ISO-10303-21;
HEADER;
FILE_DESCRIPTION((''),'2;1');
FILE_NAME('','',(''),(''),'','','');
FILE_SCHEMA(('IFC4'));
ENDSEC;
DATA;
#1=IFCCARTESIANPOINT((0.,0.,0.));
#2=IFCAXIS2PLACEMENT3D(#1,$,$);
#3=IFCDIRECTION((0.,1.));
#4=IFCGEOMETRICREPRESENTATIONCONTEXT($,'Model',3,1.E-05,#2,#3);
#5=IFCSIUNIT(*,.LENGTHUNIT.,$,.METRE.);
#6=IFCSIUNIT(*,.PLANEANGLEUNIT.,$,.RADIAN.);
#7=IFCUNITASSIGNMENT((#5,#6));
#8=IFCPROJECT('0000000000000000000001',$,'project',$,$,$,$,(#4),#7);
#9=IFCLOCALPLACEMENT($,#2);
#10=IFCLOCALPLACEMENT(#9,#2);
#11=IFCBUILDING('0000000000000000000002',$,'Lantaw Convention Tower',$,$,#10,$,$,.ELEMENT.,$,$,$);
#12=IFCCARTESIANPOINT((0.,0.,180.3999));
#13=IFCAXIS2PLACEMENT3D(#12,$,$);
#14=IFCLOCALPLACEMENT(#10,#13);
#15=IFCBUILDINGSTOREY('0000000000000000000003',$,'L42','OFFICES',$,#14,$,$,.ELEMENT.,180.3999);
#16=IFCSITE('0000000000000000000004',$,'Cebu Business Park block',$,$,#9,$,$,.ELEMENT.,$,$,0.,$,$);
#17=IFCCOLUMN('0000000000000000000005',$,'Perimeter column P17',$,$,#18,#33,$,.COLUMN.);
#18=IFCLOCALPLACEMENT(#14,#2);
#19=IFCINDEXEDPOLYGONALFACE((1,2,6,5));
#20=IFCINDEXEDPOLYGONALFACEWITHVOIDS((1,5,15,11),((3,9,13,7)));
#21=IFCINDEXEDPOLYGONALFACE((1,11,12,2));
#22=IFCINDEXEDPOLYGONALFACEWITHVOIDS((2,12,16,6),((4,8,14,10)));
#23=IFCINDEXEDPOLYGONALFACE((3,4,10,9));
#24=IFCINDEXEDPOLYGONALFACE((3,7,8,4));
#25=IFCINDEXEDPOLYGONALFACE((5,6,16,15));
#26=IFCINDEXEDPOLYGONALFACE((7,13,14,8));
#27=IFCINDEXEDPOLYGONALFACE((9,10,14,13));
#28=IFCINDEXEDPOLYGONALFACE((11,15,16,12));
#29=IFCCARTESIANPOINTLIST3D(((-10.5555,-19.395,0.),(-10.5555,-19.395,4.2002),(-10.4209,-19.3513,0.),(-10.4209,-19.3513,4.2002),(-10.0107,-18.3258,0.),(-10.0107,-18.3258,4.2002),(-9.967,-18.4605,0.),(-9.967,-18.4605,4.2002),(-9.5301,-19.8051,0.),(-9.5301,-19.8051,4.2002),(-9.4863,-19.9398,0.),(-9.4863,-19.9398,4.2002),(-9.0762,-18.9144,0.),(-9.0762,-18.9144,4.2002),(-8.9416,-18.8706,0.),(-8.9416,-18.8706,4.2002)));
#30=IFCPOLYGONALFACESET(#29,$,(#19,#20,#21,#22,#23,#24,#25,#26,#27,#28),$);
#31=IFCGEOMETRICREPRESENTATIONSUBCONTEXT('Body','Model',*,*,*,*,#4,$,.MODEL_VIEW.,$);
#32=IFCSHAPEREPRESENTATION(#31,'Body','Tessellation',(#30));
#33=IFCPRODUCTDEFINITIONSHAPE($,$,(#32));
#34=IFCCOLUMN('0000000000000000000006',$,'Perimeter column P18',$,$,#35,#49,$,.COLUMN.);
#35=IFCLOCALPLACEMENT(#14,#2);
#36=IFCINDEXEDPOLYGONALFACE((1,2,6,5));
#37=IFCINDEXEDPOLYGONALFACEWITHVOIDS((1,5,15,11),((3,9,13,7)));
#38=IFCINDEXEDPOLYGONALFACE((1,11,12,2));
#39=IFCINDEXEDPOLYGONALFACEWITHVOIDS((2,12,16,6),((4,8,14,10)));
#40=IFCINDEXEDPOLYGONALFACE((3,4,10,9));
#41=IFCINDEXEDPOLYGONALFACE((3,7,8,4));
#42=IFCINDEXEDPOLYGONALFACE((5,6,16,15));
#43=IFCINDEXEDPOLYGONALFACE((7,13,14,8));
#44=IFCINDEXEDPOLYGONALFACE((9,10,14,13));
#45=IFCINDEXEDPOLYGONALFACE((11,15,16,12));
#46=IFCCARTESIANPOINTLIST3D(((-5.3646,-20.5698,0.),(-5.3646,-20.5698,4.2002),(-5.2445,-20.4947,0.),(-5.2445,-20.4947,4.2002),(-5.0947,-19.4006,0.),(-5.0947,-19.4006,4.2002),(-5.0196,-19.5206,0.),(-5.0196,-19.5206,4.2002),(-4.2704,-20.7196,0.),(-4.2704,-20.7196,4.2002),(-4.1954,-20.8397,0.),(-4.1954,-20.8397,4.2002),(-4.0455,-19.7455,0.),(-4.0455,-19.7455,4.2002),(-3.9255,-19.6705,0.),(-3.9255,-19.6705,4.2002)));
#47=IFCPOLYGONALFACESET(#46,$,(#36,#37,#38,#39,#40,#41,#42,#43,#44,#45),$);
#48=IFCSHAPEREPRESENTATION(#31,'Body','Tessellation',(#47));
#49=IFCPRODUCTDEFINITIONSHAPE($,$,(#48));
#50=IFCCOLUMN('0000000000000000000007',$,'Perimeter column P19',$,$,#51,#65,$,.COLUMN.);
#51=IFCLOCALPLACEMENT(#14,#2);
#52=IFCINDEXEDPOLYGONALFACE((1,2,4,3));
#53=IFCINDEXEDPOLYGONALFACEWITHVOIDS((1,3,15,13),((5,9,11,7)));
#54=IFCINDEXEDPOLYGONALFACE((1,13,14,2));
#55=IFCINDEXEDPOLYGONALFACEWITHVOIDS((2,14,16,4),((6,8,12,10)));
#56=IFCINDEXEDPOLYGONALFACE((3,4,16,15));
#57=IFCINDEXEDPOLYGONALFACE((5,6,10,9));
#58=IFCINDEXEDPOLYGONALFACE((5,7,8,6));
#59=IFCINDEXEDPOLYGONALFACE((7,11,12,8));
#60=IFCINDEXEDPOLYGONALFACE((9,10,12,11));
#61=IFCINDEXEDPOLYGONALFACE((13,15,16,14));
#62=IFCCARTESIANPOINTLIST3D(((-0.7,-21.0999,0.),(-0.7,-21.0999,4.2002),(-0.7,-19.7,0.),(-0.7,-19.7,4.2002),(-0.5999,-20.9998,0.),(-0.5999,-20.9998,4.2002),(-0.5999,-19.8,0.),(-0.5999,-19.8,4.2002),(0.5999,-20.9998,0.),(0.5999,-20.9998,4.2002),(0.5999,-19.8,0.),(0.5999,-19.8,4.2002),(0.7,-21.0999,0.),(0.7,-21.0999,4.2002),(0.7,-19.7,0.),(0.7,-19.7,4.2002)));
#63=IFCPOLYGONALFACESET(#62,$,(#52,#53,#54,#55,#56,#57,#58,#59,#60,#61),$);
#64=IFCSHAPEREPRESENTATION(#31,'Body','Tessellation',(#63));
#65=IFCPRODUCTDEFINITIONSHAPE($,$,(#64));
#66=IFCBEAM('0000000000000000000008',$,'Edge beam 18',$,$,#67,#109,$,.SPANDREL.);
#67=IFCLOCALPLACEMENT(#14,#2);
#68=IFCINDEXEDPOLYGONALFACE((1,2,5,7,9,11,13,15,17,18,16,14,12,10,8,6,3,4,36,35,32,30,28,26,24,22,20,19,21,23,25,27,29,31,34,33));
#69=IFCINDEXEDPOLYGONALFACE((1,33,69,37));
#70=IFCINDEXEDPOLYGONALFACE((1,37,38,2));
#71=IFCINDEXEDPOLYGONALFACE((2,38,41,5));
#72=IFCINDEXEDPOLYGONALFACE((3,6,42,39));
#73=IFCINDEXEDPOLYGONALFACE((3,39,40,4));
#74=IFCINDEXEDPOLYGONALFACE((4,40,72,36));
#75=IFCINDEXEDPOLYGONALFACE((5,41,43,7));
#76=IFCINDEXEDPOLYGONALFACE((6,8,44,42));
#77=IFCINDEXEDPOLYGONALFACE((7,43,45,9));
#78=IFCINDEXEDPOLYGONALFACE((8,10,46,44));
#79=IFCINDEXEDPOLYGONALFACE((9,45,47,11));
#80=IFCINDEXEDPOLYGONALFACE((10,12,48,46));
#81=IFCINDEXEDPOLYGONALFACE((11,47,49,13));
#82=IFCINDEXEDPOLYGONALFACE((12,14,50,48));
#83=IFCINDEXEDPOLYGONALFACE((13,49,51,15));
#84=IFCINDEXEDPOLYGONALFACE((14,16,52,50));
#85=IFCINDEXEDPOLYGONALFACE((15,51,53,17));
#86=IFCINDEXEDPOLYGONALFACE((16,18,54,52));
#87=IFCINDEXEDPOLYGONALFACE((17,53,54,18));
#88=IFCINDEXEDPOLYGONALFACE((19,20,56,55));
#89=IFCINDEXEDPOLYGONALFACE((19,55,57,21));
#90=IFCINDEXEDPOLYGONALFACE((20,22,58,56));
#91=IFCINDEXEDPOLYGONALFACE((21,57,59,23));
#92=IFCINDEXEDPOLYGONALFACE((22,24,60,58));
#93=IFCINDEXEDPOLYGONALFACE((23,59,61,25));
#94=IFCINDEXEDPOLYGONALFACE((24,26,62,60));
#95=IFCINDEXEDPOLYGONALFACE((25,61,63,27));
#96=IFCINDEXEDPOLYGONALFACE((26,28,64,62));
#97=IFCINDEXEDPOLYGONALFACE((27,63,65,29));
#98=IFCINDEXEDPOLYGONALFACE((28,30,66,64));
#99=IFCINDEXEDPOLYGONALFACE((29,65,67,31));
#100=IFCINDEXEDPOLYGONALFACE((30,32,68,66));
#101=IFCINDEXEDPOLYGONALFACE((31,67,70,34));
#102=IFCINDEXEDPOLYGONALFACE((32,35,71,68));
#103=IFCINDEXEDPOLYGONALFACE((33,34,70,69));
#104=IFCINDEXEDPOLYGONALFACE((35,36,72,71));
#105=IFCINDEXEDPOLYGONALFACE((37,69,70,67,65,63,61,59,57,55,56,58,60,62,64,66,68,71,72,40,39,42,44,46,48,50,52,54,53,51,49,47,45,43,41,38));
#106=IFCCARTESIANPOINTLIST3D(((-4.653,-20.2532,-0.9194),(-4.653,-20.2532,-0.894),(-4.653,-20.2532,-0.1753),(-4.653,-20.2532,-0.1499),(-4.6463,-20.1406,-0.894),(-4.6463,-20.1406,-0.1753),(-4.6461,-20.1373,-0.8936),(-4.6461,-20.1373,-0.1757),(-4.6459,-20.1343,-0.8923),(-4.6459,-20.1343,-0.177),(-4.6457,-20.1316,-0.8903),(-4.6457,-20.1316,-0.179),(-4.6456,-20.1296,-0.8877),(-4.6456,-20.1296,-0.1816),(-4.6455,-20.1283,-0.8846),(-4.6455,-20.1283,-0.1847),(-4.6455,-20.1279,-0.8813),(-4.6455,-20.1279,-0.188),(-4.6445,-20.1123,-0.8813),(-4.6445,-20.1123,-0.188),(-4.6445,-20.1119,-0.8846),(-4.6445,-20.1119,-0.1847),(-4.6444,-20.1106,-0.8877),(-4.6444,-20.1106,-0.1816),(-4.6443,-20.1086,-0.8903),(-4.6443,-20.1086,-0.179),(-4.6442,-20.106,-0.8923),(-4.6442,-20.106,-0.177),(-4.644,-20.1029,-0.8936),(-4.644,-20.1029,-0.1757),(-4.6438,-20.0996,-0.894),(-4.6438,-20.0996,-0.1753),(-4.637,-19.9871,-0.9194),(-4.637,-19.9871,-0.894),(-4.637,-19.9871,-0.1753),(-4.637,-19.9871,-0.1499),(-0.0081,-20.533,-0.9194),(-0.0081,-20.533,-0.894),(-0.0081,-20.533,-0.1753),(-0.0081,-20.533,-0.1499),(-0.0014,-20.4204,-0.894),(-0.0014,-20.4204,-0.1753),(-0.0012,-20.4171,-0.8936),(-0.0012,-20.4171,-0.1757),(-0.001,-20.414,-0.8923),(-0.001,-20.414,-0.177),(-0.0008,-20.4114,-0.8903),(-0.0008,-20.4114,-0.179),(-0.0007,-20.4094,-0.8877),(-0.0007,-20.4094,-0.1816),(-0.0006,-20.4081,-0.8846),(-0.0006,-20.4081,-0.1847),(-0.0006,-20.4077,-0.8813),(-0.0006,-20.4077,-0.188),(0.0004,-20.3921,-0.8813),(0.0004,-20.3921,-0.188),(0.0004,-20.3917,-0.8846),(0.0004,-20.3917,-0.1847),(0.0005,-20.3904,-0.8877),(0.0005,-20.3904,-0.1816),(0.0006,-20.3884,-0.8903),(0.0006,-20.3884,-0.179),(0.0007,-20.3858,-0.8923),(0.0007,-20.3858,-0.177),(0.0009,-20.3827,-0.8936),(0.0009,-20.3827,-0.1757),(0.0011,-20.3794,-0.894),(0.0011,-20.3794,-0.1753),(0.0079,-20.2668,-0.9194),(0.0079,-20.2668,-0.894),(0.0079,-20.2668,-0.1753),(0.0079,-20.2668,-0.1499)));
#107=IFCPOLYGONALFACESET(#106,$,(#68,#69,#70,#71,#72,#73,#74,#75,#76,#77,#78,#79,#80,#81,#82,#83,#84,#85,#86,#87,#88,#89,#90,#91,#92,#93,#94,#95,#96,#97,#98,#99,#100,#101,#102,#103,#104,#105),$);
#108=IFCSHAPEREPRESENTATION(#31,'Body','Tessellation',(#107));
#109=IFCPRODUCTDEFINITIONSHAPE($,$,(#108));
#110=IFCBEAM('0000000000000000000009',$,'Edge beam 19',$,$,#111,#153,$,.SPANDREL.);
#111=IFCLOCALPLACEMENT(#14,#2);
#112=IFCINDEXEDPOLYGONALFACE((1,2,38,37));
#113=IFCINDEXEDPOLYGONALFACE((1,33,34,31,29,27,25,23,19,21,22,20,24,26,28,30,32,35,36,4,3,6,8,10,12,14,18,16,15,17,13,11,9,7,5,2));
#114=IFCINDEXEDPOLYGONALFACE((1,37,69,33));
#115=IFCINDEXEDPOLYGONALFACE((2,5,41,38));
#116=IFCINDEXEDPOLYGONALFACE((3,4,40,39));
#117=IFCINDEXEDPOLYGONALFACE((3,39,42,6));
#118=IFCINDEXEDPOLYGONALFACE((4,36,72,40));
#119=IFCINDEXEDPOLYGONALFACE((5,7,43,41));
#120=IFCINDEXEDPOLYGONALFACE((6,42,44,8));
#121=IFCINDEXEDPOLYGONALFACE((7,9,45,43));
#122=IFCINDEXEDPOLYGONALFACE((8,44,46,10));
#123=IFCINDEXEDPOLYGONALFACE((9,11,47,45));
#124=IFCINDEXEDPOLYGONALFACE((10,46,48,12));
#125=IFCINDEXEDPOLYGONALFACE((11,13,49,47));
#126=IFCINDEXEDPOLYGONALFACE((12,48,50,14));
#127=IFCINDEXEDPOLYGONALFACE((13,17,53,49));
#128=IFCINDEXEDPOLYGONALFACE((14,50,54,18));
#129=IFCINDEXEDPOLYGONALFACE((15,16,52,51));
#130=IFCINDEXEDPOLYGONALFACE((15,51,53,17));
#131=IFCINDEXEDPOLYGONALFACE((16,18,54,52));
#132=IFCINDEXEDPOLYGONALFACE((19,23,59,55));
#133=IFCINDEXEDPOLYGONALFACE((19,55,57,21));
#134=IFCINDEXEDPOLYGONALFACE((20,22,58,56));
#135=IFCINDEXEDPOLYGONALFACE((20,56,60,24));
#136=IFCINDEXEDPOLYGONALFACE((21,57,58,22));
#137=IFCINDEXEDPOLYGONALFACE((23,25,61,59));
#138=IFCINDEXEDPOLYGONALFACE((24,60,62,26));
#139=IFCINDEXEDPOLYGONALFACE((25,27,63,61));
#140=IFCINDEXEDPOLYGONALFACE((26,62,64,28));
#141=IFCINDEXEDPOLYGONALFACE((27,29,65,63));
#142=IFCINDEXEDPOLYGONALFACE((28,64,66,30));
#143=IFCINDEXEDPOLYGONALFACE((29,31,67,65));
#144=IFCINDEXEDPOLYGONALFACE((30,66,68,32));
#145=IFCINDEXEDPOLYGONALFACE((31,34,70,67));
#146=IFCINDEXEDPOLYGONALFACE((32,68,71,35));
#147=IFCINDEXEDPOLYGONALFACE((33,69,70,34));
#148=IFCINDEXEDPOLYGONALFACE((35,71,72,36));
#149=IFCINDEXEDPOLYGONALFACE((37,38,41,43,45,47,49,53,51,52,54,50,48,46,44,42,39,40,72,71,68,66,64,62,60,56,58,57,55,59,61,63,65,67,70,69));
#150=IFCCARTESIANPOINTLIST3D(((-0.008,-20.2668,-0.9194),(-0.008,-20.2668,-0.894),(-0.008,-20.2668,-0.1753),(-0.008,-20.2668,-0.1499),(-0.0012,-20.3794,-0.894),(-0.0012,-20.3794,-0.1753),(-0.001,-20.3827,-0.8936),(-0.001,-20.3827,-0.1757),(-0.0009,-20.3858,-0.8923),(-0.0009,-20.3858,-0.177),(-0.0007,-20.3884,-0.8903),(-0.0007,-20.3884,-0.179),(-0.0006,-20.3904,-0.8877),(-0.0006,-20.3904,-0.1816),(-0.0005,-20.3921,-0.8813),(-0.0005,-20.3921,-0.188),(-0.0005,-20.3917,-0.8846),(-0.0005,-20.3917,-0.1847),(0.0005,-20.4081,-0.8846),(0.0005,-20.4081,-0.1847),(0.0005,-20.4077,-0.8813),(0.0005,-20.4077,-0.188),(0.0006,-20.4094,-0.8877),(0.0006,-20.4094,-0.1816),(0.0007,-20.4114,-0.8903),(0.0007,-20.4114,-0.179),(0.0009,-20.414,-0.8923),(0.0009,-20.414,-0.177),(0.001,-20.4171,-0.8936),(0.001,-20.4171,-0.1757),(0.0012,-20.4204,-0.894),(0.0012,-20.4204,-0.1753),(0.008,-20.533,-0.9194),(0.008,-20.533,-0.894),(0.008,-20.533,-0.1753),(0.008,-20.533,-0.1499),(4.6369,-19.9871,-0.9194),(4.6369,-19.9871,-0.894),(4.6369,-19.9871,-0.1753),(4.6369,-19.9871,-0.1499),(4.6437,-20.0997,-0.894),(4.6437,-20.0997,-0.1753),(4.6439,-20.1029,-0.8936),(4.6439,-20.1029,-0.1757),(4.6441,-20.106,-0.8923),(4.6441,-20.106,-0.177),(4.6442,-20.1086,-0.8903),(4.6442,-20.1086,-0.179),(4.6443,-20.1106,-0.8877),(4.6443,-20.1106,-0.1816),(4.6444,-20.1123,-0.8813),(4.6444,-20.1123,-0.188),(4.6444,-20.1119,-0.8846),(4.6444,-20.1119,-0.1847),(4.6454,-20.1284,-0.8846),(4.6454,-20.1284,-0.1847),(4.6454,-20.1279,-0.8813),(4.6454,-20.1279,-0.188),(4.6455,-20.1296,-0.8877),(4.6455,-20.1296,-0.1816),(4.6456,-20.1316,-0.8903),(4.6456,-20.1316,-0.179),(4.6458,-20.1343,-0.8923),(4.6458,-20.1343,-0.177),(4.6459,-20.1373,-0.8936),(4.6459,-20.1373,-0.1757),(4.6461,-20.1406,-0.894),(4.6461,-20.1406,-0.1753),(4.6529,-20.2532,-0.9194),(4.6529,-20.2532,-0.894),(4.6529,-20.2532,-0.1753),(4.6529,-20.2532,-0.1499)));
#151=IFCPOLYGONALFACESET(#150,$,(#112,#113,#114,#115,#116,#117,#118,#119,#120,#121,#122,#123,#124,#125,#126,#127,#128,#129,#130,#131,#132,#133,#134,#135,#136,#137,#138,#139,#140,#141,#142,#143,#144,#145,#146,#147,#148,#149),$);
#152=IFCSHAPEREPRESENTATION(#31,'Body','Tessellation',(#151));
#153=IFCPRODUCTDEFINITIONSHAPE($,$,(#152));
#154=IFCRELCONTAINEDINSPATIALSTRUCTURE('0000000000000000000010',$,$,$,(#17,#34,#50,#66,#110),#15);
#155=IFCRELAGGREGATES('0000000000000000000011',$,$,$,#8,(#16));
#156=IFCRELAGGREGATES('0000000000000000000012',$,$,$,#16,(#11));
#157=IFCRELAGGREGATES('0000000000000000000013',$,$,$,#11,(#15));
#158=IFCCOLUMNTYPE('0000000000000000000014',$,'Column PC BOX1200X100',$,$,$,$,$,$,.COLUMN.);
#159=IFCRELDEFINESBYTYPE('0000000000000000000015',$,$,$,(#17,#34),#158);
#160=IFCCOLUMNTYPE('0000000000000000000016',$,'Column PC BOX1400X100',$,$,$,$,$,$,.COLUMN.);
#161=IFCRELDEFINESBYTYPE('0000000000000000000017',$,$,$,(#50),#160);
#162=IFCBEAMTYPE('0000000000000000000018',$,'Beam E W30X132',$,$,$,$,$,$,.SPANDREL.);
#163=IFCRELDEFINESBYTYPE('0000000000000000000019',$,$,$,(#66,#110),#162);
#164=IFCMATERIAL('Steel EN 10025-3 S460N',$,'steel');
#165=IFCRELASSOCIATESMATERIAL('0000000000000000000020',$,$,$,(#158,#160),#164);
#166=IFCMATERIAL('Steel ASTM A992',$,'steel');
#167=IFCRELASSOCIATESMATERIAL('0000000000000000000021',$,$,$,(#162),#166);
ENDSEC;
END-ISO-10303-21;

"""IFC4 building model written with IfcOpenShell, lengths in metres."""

from ifc_helpers import new_model, si_unit, direction, frame, origin, origin_2d, place, context, subcontext, project, spatial, rectangle, hollow_rectangle, i_section, extrude, material, material_profile, profile_set, type_object, element, save


model = new_model("IFC4")

# Units and contexts
model_context = context("Model", 3, precision=1e-05, world=origin(), true_north=direction((0.0, 1.0)))
body_context = subcontext(model_context, "Body", "Model", "MODEL_VIEW")
ifc_project = project(units=[si_unit("LENGTHUNIT", "METRE"), si_unit("PLANEANGLEUNIT", "RADIAN")], contexts=[model_context])

# Site, building, storey
site_placement = place(None, origin())
site = spatial("IfcSite", under=ifc_project, at=site_placement, Name="Cebu Business Park block", CompositionType="ELEMENT", RefElevation=0.0)
building_placement = place(site_placement, origin())
building = spatial("IfcBuilding", under=site, at=building_placement, Name="Lantaw Convention Tower", CompositionType="ELEMENT")
storey_placement = place(building_placement, frame((0.0, 0.0, 180.3999)))
storey = spatial("IfcBuildingStorey", under=building, at=storey_placement, Name="L42", Description="OFFICES", CompositionType="ELEMENT", Elevation=180.3999)

# Columns
ifc_material_1 = material(Name="Steel EN 10025-3 S460N", Category="steel")
ifc_material_profile_1 = material_profile(ifc_material_1, hollow_rectangle(XDim=1.2, YDim=1.2, WallThickness=0.1001, at=origin_2d()), Name="BOX1200X100")
ifc_material_2 = material(Name="Concrete C60/75", Category="concrete")
ifc_material_profile_2 = material_profile(ifc_material_2, rectangle(XDim=1.0, YDim=1.0, at=origin_2d()), Name="Concrete fill of BOX1200X100")
ifc_profile_set_1 = profile_set([ifc_material_profile_1, ifc_material_profile_2], Name="Steel EN 10025-3 S460N")
column_type_1 = type_object("IfcColumnType", Name="Column PC BOX1200X100", PredefinedType="COLUMN", material=ifc_profile_set_1)
for number, where, z_axis, x_axis, name in (
    (1, (-9.7485, -19.1328, 0.0), (0.0, 0.0, 1.0), (0.45399, 0.891007, 0.0), "Perimeter column P17"),
    (2, (-4.645, -20.1201, 0.0), (0.0, 0.0, 1.0), (0.224951, 0.97437, 0.0), "Perimeter column P18"),
):
    element("IfcColumn", number, at=place(storey_placement, frame(where, z_axis=z_axis, x_axis=x_axis)), inside=storey, type_object=column_type_1, Name=name, PredefinedType="COLUMN", context=body_context, shape_type="SweptSolid", body=[
        extrude(hollow_rectangle(XDim=1.2, YDim=1.2, WallThickness=0.1001, at=origin_2d()), origin(), (0.0, 0.0, 1.0), 4.2002),
    ])
ifc_material_profile_3 = material_profile(ifc_material_1, hollow_rectangle(XDim=1.3999, YDim=1.3999, WallThickness=0.1001, at=origin_2d()), Name="BOX1400X100")
ifc_material_profile_4 = material_profile(ifc_material_2, rectangle(XDim=1.2, YDim=1.2, at=origin_2d()), Name="Concrete fill of BOX1400X100")
ifc_profile_set_2 = profile_set([ifc_material_profile_3, ifc_material_profile_4], Name="Steel EN 10025-3 S460N")
column_type_2 = type_object("IfcColumnType", Name="Column PC BOX1400X100", PredefinedType="COLUMN", material=ifc_profile_set_2)
column_placement = place(storey_placement, frame((0.0, -20.3999, 0.0), z_axis=(0.0, 0.0, 1.0), x_axis=(1.0, 0.0, 0.0)))
element("IfcColumn", 3, at=column_placement, inside=storey, type_object=column_type_2, Name="Perimeter column P19", PredefinedType="COLUMN", context=body_context, shape_type="SweptSolid", body=[
    extrude(hollow_rectangle(XDim=1.3999, YDim=1.3999, WallThickness=0.1001, at=origin_2d()), origin(), (0.0, 0.0, 1.0), 4.2002),
])

# Beams
ifc_material_3 = material(Name="Steel ASTM A992", Category="steel")
ifc_material_profile_5 = material_profile(ifc_material_3, i_section(OverallWidth=0.2666, OverallDepth=0.7695, WebThickness=0.0156, FlangeThickness=0.0254, FilletRadius=0.0127, at=origin_2d()), Name="W30X132")
ifc_profile_set_3 = profile_set([ifc_material_profile_5], Name="Steel ASTM A992")
beam_type_1 = type_object("IfcBeamType", Name="Beam E W30X132", PredefinedType="SPANDREL", material=ifc_profile_set_3)
for number, where, z_axis, x_axis, name in (
    (4, (-4.645, -20.1201, -0.5347), (0.998191, -0.060124, 0.0), (0.060124, 0.998191, 0.0), "Edge beam 18"),
    (5, (0.0, -20.3999, -0.5347), (0.998191, 0.060124, 0.0), (-0.060124, 0.998191, 0.0), "Edge beam 19"),
):
    element("IfcBeam", number, at=place(storey_placement, frame(where, z_axis=z_axis, x_axis=x_axis)), inside=storey, type_object=beam_type_1, Name=name, PredefinedType="SPANDREL", context=body_context, shape_type="SweptSolid", body=[
        extrude(i_section(OverallWidth=0.2666, OverallDepth=0.7695, WebThickness=0.0156, FlangeThickness=0.0254, FilletRadius=0.0127, at=origin_2d()), origin(), (0.0, 0.0, 1.0), 4.6533),
    ])

save(model, "model.ifc")
